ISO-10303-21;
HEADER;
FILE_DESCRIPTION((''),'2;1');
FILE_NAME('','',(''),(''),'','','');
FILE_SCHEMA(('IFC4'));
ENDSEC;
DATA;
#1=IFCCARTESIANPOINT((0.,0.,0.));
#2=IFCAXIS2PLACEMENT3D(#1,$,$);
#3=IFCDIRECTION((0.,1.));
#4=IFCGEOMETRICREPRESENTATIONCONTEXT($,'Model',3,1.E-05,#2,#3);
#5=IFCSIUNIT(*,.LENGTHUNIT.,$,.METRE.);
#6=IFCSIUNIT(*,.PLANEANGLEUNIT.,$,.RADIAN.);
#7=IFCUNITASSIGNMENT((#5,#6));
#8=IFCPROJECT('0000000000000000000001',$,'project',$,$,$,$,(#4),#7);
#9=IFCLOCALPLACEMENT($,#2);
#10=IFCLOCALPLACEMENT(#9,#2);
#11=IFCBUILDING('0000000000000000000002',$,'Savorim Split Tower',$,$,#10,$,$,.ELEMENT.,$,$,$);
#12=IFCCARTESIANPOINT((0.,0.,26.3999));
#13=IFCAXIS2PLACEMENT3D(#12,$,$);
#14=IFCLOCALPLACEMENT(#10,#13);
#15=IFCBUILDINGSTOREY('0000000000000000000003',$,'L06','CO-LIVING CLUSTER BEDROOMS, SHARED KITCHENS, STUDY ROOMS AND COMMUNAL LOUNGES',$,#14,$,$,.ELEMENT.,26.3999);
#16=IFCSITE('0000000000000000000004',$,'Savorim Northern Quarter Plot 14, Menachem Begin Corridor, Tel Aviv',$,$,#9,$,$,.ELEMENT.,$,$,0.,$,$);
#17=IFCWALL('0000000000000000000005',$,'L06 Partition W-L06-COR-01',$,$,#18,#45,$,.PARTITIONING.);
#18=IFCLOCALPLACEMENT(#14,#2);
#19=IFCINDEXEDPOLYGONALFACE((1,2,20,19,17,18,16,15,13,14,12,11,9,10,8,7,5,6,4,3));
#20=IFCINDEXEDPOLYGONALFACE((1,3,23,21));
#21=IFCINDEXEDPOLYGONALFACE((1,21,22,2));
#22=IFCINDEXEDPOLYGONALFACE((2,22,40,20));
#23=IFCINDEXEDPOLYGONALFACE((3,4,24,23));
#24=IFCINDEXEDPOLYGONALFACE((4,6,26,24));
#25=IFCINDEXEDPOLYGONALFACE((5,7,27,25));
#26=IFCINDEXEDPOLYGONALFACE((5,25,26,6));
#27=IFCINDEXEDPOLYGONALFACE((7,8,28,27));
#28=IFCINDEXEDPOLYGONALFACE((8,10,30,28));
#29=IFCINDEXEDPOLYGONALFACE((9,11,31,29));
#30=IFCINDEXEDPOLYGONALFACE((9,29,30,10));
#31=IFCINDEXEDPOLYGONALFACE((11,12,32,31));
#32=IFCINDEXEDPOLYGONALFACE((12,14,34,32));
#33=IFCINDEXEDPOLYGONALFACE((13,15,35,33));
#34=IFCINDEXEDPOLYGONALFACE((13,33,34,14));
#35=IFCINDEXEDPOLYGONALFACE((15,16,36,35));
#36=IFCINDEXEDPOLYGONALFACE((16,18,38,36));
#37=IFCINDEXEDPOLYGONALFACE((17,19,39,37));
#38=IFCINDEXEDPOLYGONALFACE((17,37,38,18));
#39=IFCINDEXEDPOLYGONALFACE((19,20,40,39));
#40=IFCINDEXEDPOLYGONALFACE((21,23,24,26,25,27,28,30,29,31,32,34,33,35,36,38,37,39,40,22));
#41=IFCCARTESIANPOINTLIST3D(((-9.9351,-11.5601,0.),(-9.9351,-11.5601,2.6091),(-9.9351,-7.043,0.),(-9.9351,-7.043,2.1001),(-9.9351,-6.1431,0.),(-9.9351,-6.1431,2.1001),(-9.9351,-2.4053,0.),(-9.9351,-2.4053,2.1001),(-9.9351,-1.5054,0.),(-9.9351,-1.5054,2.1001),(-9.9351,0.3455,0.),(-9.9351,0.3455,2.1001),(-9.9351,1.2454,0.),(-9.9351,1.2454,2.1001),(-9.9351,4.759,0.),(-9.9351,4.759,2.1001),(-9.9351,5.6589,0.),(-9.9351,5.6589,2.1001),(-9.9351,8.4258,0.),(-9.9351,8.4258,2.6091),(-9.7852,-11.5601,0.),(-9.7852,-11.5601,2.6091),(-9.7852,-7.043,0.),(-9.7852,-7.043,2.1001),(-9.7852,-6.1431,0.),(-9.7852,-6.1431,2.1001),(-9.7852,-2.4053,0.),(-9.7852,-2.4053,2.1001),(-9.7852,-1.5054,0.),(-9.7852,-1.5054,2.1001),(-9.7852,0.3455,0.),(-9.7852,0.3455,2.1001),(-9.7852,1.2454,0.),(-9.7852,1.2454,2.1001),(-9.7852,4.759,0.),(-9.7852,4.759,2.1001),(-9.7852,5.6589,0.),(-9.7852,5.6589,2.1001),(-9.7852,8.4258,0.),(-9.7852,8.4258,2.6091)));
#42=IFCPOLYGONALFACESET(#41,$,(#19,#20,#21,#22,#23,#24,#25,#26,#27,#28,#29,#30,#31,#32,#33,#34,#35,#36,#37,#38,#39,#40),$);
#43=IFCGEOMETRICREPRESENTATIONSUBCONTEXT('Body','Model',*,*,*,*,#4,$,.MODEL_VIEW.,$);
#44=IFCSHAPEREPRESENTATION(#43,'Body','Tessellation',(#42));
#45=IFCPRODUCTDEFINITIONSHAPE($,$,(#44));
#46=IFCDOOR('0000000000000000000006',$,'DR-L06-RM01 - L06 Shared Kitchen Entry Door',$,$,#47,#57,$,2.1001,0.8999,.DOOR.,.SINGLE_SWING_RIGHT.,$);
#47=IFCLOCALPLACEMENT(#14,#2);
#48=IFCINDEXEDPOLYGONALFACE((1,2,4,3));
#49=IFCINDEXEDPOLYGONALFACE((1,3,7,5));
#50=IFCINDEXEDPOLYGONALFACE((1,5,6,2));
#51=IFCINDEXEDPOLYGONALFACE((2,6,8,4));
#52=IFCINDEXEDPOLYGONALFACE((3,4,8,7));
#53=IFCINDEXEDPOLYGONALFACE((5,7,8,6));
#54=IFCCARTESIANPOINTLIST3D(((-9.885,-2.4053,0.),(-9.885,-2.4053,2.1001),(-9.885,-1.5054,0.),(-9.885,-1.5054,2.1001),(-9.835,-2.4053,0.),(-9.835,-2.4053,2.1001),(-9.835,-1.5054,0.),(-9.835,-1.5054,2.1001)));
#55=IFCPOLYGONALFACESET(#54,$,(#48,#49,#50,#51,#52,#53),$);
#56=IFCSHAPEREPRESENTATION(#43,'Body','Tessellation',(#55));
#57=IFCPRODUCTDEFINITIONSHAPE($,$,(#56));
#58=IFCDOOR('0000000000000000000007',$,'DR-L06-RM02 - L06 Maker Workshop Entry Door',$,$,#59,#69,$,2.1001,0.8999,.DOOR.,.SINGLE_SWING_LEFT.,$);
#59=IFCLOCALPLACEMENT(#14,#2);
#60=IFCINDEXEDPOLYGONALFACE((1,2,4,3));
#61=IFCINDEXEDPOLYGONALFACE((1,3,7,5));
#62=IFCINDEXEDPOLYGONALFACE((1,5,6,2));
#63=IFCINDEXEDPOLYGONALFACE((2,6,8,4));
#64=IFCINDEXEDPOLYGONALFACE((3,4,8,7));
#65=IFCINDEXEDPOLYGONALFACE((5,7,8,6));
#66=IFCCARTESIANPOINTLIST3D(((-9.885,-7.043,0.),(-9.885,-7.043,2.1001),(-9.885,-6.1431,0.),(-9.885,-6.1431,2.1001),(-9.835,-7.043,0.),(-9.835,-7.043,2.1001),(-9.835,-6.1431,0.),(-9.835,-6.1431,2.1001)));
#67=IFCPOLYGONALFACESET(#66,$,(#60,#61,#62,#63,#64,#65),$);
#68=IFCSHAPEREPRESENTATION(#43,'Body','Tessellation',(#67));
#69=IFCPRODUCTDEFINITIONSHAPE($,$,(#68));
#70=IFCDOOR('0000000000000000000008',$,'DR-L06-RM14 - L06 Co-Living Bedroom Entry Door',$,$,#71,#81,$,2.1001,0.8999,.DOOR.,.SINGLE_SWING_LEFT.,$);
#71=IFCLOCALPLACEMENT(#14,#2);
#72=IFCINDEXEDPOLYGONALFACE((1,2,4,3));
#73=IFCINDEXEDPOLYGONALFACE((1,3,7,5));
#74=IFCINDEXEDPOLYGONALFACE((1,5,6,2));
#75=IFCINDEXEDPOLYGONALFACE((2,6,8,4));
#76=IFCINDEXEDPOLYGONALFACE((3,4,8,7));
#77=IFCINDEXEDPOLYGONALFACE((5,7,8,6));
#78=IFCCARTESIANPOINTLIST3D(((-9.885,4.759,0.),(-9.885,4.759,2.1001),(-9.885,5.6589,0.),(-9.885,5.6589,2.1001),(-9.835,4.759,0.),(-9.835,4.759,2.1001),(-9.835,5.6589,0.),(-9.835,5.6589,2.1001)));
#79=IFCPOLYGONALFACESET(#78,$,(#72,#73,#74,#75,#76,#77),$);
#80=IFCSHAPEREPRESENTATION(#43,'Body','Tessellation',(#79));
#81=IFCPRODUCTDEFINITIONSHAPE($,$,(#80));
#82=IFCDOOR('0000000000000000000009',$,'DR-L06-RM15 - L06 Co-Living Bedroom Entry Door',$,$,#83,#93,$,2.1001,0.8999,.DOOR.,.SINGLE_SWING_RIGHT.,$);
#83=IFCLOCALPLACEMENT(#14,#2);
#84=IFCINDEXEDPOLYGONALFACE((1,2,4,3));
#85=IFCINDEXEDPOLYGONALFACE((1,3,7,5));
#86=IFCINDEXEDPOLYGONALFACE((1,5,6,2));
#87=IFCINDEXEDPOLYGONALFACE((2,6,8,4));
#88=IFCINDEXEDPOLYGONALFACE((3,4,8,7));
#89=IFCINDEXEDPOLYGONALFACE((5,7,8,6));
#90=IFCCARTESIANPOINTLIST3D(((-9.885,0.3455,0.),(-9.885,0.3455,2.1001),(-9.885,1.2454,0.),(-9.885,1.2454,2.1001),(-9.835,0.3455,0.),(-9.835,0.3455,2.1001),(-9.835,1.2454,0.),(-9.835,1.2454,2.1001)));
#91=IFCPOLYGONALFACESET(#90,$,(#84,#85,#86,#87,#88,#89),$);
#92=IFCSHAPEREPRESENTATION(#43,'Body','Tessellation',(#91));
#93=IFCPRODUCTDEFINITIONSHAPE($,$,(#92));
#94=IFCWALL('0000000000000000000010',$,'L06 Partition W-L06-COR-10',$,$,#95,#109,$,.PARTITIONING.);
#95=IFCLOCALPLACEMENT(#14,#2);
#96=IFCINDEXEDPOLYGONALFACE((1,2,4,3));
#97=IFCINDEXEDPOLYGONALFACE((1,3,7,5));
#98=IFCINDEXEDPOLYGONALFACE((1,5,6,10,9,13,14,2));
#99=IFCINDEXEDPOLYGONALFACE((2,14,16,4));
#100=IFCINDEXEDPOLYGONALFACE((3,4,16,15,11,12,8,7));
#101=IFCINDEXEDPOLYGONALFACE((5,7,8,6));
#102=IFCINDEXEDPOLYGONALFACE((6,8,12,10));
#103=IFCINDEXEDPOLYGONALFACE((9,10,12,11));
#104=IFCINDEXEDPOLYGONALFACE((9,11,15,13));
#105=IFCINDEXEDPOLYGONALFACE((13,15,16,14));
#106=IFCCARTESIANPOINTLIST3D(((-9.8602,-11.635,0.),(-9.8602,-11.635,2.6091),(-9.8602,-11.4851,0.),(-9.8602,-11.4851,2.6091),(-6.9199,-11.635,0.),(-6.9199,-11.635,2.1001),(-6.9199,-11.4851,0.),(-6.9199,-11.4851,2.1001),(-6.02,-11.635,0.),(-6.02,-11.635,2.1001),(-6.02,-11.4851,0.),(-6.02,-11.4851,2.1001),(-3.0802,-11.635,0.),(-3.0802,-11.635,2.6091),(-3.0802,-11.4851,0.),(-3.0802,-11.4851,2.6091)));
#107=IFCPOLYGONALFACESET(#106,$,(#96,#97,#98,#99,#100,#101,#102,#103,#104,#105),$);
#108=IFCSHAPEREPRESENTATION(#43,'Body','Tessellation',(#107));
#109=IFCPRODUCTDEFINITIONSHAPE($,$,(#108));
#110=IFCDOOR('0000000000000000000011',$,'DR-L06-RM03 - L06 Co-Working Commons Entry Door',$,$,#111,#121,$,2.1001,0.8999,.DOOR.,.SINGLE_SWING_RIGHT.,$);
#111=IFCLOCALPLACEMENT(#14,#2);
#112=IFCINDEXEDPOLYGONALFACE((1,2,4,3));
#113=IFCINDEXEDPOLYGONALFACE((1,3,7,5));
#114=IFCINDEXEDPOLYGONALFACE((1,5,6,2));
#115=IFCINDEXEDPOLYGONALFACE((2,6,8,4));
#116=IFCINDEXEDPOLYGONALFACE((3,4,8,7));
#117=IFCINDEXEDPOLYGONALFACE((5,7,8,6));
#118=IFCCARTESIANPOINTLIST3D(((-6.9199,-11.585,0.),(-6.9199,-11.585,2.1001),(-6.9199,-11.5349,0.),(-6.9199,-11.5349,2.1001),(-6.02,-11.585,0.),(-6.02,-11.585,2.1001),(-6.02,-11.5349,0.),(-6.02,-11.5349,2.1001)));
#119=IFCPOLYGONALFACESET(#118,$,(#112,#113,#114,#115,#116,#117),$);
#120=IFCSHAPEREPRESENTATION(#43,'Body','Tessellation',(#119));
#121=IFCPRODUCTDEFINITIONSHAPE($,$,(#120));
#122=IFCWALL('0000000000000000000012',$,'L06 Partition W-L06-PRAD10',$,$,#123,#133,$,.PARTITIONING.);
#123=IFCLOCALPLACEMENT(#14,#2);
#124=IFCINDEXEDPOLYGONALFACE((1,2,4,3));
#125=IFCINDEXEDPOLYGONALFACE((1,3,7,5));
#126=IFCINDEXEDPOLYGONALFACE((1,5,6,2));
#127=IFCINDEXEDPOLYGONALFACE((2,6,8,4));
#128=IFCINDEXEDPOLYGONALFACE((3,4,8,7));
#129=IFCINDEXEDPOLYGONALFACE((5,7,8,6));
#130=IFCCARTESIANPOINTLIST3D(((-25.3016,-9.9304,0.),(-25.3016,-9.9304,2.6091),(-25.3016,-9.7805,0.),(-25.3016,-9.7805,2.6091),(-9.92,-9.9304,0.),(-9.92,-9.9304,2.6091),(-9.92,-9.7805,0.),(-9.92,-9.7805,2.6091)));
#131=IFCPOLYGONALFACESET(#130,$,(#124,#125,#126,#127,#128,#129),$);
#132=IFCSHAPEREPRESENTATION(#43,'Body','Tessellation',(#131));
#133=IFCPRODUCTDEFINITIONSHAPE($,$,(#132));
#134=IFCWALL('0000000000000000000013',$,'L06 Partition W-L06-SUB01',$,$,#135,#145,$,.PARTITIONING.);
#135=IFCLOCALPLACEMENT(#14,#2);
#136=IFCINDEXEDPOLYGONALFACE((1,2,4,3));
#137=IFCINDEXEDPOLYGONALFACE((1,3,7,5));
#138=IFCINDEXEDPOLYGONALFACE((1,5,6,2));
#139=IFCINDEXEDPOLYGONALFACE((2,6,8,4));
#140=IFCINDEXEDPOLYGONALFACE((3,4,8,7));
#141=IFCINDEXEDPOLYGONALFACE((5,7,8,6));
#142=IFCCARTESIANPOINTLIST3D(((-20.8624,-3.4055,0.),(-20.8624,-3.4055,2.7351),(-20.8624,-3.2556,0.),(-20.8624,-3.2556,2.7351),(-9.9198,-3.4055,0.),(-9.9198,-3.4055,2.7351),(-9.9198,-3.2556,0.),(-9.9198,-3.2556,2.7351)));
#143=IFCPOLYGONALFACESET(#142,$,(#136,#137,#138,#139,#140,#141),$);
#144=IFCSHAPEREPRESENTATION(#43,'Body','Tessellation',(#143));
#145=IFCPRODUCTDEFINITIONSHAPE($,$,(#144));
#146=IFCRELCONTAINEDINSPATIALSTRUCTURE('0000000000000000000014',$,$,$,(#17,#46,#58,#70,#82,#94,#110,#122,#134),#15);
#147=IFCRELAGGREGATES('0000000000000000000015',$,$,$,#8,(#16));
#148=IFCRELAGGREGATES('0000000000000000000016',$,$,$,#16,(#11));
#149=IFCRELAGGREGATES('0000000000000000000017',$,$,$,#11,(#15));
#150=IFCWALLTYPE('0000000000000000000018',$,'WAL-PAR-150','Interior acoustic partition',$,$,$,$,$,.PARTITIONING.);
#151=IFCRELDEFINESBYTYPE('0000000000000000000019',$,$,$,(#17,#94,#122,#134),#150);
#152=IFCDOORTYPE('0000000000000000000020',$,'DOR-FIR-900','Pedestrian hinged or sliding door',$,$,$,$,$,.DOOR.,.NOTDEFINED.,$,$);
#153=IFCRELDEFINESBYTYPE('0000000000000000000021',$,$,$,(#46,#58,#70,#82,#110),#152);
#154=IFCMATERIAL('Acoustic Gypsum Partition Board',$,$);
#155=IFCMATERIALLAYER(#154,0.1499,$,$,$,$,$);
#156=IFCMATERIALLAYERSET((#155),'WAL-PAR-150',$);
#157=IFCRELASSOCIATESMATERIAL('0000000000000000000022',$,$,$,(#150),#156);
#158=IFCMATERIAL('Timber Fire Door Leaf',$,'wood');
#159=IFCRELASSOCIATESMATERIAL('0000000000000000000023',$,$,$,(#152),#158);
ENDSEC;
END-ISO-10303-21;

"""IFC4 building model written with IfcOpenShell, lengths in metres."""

from ifc_helpers import new_model, si_unit, direction, frame, frame_2d, origin, place, context, subcontext, project, spatial, rectangle, extrude, material, layer, layer_set, type_object, element, fill, save


model = new_model("IFC4")

# Units and contexts
model_context = context("Model", 3, precision=1e-05, world=origin(), true_north=direction((0.0, 1.0)))
body_context = subcontext(model_context, "Body", "Model", "MODEL_VIEW")
ifc_project = project(units=[si_unit("LENGTHUNIT", "METRE"), si_unit("PLANEANGLEUNIT", "RADIAN")], contexts=[model_context])

# Site, building, storey
site_placement = place(None, origin())
site = spatial("IfcSite", under=ifc_project, at=site_placement, Name="Savorim Northern Quarter Plot 14, Menachem Begin Corridor, Tel Aviv", CompositionType="ELEMENT", RefElevation=0.0)
building_placement = place(site_placement, origin())
building = spatial("IfcBuilding", under=site, at=building_placement, Name="Savorim Split Tower", CompositionType="ELEMENT")
storey_placement = place(building_placement, frame((0.0, 0.0, 26.3999)))
storey = spatial("IfcBuildingStorey", under=building, at=storey_placement, Name="L06", Description="CO-LIVING CLUSTER BEDROOMS, SHARED KITCHENS, STUDY ROOMS AND COMMUNAL LOUNGES", CompositionType="ELEMENT", Elevation=26.3999)

# Shared definitions
ifc_material_1 = material(Name="Timber Fire Door Leaf", Category="wood")

# Shared definitions
ifc_material_2 = material(Name="Acoustic Gypsum Partition Board")
ifc_layer_1 = layer(ifc_material_2, 0.1499)
ifc_layer_set_1 = layer_set([ifc_layer_1], Name="WAL-PAR-150")
wall_type_1 = type_object("IfcWallType", Name="WAL-PAR-150", Description="Interior acoustic partition", PredefinedType="PARTITIONING", material=ifc_layer_set_1)

# Shared definitions
door_type_1 = type_object("IfcDoorType", Name="DOR-FIR-900", Description="Pedestrian hinged or sliding door", OperationType="NOTDEFINED", PredefinedType="DOOR", material=ifc_material_1)

# Wall, openings, doors
wall_1_placement = place(storey_placement, frame((-9.8601, -11.5601, 0.0), z_axis=(0.0, 0.0, 1.0), x_axis=(0.0, 1.0, 0.0)))
wall_1 = element("IfcWall", 1, at=wall_1_placement, inside=storey, type_object=wall_type_1, Name="L06 Partition W-L06-COR-01", PredefinedType="PARTITIONING", context=body_context, shape_type="SweptSolid", body=[
    extrude(rectangle(XDim=19.9858, YDim=0.1499, at=frame_2d((9.9929, 0.0))), origin(), (0.0, 0.0, 1.0), 2.6091),
])
opening_1_placement = place(wall_1_placement, frame((9.1548, 0.0, 0.0)))
opening_1 = element("IfcOpeningElement", 2, at=opening_1_placement, cuts=wall_1, PredefinedType="OPENING", context=body_context, shape_type="SweptSolid", body=[
    extrude(rectangle(XDim=0.8999, YDim=2.1001, at=frame_2d((0.45, 1.05))), frame((0.0, 0.085, 0.0), z_axis=(0.0, -1.0, 0.0), x_axis=(1.0, 0.0, 0.0)), (0.0, 0.0, 1.0), 0.1699),
])
opening_2_placement = place(wall_1_placement, frame((4.5171, 0.0, 0.0)))
opening_2 = element("IfcOpeningElement", 3, at=opening_2_placement, cuts=wall_1, PredefinedType="OPENING", context=body_context, shape_type="SweptSolid", body=[
    extrude(rectangle(XDim=0.8999, YDim=2.1001, at=frame_2d((0.45, 1.05))), frame((0.0, 0.085, 0.0), z_axis=(0.0, -1.0, 0.0), x_axis=(1.0, 0.0, 0.0)), (0.0, 0.0, 1.0), 0.1699),
])
opening_3_placement = place(wall_1_placement, frame((16.3191, 0.0, 0.0)))
opening_3 = element("IfcOpeningElement", 4, at=opening_3_placement, cuts=wall_1, PredefinedType="OPENING", context=body_context, shape_type="SweptSolid", body=[
    extrude(rectangle(XDim=0.8999, YDim=2.1001, at=frame_2d((0.45, 1.05))), frame((0.0, 0.085, 0.0), z_axis=(0.0, -1.0, 0.0), x_axis=(1.0, 0.0, 0.0)), (0.0, 0.0, 1.0), 0.1699),
])
opening_4_placement = place(wall_1_placement, frame((11.9055, 0.0, 0.0)))
opening_4 = element("IfcOpeningElement", 5, at=opening_4_placement, cuts=wall_1, PredefinedType="OPENING", context=body_context, shape_type="SweptSolid", body=[
    extrude(rectangle(XDim=0.8999, YDim=2.1001, at=frame_2d((0.45, 1.05))), frame((0.0, 0.085, 0.0), z_axis=(0.0, -1.0, 0.0), x_axis=(1.0, 0.0, 0.0)), (0.0, 0.0, 1.0), 0.1699),
])
door_1_placement = place(opening_1_placement, origin())
door_1 = element("IfcDoor", 6, at=door_1_placement, inside=storey, type_object=door_type_1, Name="DR-L06-RM01 - L06 Shared Kitchen Entry Door", OperationType="SINGLE_SWING_RIGHT", OverallHeight=2.1001, OverallWidth=0.8999, PredefinedType="DOOR", context=body_context, shape_type="SweptSolid", body=[
    extrude(rectangle(XDim=0.8999, YDim=2.1001, at=frame_2d((0.45, 1.05))), frame((0.0, 0.0249, 0.0), z_axis=(0.0, -1.0, 0.0), x_axis=(1.0, 0.0, 0.0)), (0.0, 0.0, 1.0), 0.05),
])
fill(opening_1, door_1)
door_2_placement = place(opening_2_placement, origin())
door_2 = element("IfcDoor", 7, at=door_2_placement, inside=storey, type_object=door_type_1, Name="DR-L06-RM02 - L06 Maker Workshop Entry Door", OperationType="SINGLE_SWING_LEFT", OverallHeight=2.1001, OverallWidth=0.8999, PredefinedType="DOOR", context=body_context, shape_type="SweptSolid", body=[
    extrude(rectangle(XDim=0.8999, YDim=2.1001, at=frame_2d((0.45, 1.05))), frame((0.0, 0.0249, 0.0), z_axis=(0.0, -1.0, 0.0), x_axis=(1.0, 0.0, 0.0)), (0.0, 0.0, 1.0), 0.05),
])
fill(opening_2, door_2)
door_3_placement = place(opening_3_placement, origin())
door_3 = element("IfcDoor", 8, at=door_3_placement, inside=storey, type_object=door_type_1, Name="DR-L06-RM14 - L06 Co-Living Bedroom Entry Door", OperationType="SINGLE_SWING_LEFT", OverallHeight=2.1001, OverallWidth=0.8999, PredefinedType="DOOR", context=body_context, shape_type="SweptSolid", body=[
    extrude(rectangle(XDim=0.8999, YDim=2.1001, at=frame_2d((0.45, 1.05))), frame((0.0, 0.0249, 0.0), z_axis=(0.0, -1.0, 0.0), x_axis=(1.0, 0.0, 0.0)), (0.0, 0.0, 1.0), 0.05),
])
fill(opening_3, door_3)
door_4_placement = place(opening_4_placement, origin())
door_4 = element("IfcDoor", 9, at=door_4_placement, inside=storey, type_object=door_type_1, Name="DR-L06-RM15 - L06 Co-Living Bedroom Entry Door", OperationType="SINGLE_SWING_RIGHT", OverallHeight=2.1001, OverallWidth=0.8999, PredefinedType="DOOR", context=body_context, shape_type="SweptSolid", body=[
    extrude(rectangle(XDim=0.8999, YDim=2.1001, at=frame_2d((0.45, 1.05))), frame((0.0, 0.0249, 0.0), z_axis=(0.0, -1.0, 0.0), x_axis=(1.0, 0.0, 0.0)), (0.0, 0.0, 1.0), 0.05),
])
fill(opening_4, door_4)

# Wall, opening, door
wall_2_placement = place(storey_placement, frame((-3.0801, -11.5601, 0.0), z_axis=(0.0, 0.0, 1.0), x_axis=(-1.0, 0.0, 0.0)))
wall_2 = element("IfcWall", 10, at=wall_2_placement, inside=storey, type_object=wall_type_1, Name="L06 Partition W-L06-COR-10", PredefinedType="PARTITIONING", context=body_context, shape_type="SweptSolid", body=[
    extrude(rectangle(XDim=6.78, YDim=0.1499, at=frame_2d((3.3901, 0.0))), origin(), (0.0, 0.0, 1.0), 2.6091),
])
opening_5_placement = place(wall_2_placement, frame((2.9399, 0.0, 0.0)))
opening_5 = element("IfcOpeningElement", 11, at=opening_5_placement, cuts=wall_2, PredefinedType="OPENING", context=body_context, shape_type="SweptSolid", body=[
    extrude(rectangle(XDim=0.8999, YDim=2.1001, at=frame_2d((0.45, 1.05))), frame((0.0, 0.085, 0.0), z_axis=(0.0, -1.0, 0.0), x_axis=(1.0, 0.0, 0.0)), (0.0, 0.0, 1.0), 0.1699),
])
door_5_placement = place(opening_5_placement, origin())
door_5 = element("IfcDoor", 12, at=door_5_placement, inside=storey, type_object=door_type_1, Name="DR-L06-RM03 - L06 Co-Working Commons Entry Door", OperationType="SINGLE_SWING_RIGHT", OverallHeight=2.1001, OverallWidth=0.8999, PredefinedType="DOOR", context=body_context, shape_type="SweptSolid", body=[
    extrude(rectangle(XDim=0.8999, YDim=2.1001, at=frame_2d((0.45, 1.05))), frame((0.0, 0.0249, 0.0), z_axis=(0.0, -1.0, 0.0), x_axis=(1.0, 0.0, 0.0)), (0.0, 0.0, 1.0), 0.05),
])
fill(opening_5, door_5)

# Walls
wall_3_placement = place(storey_placement, frame((-9.9199, -9.8555, 0.0), z_axis=(0.0, 0.0, 1.0), x_axis=(-1.0, 0.0, 0.0)))
element("IfcWall", 13, at=wall_3_placement, inside=storey, type_object=wall_type_1, Name="L06 Partition W-L06-PRAD10", PredefinedType="PARTITIONING", context=body_context, shape_type="SweptSolid", body=[
    extrude(rectangle(XDim=15.3816, YDim=0.1499, at=frame_2d((7.6909, 0.0))), origin(), (0.0, 0.0, 1.0), 2.6091),
])
wall_4_placement = place(storey_placement, frame((-9.9199, -3.3306, 0.0), z_axis=(0.0, 0.0, 1.0), x_axis=(-1.0, 0.0, 0.0)))
element("IfcWall", 14, at=wall_4_placement, inside=storey, type_object=wall_type_1, Name="L06 Partition W-L06-SUB01", PredefinedType="PARTITIONING", context=body_context, shape_type="SweptSolid", body=[
    extrude(rectangle(XDim=10.9426, YDim=0.1499, at=frame_2d((5.4712, 0.0))), origin(), (0.0, 0.0, 1.0), 2.7351),
])

save(model, "model.ifc")
